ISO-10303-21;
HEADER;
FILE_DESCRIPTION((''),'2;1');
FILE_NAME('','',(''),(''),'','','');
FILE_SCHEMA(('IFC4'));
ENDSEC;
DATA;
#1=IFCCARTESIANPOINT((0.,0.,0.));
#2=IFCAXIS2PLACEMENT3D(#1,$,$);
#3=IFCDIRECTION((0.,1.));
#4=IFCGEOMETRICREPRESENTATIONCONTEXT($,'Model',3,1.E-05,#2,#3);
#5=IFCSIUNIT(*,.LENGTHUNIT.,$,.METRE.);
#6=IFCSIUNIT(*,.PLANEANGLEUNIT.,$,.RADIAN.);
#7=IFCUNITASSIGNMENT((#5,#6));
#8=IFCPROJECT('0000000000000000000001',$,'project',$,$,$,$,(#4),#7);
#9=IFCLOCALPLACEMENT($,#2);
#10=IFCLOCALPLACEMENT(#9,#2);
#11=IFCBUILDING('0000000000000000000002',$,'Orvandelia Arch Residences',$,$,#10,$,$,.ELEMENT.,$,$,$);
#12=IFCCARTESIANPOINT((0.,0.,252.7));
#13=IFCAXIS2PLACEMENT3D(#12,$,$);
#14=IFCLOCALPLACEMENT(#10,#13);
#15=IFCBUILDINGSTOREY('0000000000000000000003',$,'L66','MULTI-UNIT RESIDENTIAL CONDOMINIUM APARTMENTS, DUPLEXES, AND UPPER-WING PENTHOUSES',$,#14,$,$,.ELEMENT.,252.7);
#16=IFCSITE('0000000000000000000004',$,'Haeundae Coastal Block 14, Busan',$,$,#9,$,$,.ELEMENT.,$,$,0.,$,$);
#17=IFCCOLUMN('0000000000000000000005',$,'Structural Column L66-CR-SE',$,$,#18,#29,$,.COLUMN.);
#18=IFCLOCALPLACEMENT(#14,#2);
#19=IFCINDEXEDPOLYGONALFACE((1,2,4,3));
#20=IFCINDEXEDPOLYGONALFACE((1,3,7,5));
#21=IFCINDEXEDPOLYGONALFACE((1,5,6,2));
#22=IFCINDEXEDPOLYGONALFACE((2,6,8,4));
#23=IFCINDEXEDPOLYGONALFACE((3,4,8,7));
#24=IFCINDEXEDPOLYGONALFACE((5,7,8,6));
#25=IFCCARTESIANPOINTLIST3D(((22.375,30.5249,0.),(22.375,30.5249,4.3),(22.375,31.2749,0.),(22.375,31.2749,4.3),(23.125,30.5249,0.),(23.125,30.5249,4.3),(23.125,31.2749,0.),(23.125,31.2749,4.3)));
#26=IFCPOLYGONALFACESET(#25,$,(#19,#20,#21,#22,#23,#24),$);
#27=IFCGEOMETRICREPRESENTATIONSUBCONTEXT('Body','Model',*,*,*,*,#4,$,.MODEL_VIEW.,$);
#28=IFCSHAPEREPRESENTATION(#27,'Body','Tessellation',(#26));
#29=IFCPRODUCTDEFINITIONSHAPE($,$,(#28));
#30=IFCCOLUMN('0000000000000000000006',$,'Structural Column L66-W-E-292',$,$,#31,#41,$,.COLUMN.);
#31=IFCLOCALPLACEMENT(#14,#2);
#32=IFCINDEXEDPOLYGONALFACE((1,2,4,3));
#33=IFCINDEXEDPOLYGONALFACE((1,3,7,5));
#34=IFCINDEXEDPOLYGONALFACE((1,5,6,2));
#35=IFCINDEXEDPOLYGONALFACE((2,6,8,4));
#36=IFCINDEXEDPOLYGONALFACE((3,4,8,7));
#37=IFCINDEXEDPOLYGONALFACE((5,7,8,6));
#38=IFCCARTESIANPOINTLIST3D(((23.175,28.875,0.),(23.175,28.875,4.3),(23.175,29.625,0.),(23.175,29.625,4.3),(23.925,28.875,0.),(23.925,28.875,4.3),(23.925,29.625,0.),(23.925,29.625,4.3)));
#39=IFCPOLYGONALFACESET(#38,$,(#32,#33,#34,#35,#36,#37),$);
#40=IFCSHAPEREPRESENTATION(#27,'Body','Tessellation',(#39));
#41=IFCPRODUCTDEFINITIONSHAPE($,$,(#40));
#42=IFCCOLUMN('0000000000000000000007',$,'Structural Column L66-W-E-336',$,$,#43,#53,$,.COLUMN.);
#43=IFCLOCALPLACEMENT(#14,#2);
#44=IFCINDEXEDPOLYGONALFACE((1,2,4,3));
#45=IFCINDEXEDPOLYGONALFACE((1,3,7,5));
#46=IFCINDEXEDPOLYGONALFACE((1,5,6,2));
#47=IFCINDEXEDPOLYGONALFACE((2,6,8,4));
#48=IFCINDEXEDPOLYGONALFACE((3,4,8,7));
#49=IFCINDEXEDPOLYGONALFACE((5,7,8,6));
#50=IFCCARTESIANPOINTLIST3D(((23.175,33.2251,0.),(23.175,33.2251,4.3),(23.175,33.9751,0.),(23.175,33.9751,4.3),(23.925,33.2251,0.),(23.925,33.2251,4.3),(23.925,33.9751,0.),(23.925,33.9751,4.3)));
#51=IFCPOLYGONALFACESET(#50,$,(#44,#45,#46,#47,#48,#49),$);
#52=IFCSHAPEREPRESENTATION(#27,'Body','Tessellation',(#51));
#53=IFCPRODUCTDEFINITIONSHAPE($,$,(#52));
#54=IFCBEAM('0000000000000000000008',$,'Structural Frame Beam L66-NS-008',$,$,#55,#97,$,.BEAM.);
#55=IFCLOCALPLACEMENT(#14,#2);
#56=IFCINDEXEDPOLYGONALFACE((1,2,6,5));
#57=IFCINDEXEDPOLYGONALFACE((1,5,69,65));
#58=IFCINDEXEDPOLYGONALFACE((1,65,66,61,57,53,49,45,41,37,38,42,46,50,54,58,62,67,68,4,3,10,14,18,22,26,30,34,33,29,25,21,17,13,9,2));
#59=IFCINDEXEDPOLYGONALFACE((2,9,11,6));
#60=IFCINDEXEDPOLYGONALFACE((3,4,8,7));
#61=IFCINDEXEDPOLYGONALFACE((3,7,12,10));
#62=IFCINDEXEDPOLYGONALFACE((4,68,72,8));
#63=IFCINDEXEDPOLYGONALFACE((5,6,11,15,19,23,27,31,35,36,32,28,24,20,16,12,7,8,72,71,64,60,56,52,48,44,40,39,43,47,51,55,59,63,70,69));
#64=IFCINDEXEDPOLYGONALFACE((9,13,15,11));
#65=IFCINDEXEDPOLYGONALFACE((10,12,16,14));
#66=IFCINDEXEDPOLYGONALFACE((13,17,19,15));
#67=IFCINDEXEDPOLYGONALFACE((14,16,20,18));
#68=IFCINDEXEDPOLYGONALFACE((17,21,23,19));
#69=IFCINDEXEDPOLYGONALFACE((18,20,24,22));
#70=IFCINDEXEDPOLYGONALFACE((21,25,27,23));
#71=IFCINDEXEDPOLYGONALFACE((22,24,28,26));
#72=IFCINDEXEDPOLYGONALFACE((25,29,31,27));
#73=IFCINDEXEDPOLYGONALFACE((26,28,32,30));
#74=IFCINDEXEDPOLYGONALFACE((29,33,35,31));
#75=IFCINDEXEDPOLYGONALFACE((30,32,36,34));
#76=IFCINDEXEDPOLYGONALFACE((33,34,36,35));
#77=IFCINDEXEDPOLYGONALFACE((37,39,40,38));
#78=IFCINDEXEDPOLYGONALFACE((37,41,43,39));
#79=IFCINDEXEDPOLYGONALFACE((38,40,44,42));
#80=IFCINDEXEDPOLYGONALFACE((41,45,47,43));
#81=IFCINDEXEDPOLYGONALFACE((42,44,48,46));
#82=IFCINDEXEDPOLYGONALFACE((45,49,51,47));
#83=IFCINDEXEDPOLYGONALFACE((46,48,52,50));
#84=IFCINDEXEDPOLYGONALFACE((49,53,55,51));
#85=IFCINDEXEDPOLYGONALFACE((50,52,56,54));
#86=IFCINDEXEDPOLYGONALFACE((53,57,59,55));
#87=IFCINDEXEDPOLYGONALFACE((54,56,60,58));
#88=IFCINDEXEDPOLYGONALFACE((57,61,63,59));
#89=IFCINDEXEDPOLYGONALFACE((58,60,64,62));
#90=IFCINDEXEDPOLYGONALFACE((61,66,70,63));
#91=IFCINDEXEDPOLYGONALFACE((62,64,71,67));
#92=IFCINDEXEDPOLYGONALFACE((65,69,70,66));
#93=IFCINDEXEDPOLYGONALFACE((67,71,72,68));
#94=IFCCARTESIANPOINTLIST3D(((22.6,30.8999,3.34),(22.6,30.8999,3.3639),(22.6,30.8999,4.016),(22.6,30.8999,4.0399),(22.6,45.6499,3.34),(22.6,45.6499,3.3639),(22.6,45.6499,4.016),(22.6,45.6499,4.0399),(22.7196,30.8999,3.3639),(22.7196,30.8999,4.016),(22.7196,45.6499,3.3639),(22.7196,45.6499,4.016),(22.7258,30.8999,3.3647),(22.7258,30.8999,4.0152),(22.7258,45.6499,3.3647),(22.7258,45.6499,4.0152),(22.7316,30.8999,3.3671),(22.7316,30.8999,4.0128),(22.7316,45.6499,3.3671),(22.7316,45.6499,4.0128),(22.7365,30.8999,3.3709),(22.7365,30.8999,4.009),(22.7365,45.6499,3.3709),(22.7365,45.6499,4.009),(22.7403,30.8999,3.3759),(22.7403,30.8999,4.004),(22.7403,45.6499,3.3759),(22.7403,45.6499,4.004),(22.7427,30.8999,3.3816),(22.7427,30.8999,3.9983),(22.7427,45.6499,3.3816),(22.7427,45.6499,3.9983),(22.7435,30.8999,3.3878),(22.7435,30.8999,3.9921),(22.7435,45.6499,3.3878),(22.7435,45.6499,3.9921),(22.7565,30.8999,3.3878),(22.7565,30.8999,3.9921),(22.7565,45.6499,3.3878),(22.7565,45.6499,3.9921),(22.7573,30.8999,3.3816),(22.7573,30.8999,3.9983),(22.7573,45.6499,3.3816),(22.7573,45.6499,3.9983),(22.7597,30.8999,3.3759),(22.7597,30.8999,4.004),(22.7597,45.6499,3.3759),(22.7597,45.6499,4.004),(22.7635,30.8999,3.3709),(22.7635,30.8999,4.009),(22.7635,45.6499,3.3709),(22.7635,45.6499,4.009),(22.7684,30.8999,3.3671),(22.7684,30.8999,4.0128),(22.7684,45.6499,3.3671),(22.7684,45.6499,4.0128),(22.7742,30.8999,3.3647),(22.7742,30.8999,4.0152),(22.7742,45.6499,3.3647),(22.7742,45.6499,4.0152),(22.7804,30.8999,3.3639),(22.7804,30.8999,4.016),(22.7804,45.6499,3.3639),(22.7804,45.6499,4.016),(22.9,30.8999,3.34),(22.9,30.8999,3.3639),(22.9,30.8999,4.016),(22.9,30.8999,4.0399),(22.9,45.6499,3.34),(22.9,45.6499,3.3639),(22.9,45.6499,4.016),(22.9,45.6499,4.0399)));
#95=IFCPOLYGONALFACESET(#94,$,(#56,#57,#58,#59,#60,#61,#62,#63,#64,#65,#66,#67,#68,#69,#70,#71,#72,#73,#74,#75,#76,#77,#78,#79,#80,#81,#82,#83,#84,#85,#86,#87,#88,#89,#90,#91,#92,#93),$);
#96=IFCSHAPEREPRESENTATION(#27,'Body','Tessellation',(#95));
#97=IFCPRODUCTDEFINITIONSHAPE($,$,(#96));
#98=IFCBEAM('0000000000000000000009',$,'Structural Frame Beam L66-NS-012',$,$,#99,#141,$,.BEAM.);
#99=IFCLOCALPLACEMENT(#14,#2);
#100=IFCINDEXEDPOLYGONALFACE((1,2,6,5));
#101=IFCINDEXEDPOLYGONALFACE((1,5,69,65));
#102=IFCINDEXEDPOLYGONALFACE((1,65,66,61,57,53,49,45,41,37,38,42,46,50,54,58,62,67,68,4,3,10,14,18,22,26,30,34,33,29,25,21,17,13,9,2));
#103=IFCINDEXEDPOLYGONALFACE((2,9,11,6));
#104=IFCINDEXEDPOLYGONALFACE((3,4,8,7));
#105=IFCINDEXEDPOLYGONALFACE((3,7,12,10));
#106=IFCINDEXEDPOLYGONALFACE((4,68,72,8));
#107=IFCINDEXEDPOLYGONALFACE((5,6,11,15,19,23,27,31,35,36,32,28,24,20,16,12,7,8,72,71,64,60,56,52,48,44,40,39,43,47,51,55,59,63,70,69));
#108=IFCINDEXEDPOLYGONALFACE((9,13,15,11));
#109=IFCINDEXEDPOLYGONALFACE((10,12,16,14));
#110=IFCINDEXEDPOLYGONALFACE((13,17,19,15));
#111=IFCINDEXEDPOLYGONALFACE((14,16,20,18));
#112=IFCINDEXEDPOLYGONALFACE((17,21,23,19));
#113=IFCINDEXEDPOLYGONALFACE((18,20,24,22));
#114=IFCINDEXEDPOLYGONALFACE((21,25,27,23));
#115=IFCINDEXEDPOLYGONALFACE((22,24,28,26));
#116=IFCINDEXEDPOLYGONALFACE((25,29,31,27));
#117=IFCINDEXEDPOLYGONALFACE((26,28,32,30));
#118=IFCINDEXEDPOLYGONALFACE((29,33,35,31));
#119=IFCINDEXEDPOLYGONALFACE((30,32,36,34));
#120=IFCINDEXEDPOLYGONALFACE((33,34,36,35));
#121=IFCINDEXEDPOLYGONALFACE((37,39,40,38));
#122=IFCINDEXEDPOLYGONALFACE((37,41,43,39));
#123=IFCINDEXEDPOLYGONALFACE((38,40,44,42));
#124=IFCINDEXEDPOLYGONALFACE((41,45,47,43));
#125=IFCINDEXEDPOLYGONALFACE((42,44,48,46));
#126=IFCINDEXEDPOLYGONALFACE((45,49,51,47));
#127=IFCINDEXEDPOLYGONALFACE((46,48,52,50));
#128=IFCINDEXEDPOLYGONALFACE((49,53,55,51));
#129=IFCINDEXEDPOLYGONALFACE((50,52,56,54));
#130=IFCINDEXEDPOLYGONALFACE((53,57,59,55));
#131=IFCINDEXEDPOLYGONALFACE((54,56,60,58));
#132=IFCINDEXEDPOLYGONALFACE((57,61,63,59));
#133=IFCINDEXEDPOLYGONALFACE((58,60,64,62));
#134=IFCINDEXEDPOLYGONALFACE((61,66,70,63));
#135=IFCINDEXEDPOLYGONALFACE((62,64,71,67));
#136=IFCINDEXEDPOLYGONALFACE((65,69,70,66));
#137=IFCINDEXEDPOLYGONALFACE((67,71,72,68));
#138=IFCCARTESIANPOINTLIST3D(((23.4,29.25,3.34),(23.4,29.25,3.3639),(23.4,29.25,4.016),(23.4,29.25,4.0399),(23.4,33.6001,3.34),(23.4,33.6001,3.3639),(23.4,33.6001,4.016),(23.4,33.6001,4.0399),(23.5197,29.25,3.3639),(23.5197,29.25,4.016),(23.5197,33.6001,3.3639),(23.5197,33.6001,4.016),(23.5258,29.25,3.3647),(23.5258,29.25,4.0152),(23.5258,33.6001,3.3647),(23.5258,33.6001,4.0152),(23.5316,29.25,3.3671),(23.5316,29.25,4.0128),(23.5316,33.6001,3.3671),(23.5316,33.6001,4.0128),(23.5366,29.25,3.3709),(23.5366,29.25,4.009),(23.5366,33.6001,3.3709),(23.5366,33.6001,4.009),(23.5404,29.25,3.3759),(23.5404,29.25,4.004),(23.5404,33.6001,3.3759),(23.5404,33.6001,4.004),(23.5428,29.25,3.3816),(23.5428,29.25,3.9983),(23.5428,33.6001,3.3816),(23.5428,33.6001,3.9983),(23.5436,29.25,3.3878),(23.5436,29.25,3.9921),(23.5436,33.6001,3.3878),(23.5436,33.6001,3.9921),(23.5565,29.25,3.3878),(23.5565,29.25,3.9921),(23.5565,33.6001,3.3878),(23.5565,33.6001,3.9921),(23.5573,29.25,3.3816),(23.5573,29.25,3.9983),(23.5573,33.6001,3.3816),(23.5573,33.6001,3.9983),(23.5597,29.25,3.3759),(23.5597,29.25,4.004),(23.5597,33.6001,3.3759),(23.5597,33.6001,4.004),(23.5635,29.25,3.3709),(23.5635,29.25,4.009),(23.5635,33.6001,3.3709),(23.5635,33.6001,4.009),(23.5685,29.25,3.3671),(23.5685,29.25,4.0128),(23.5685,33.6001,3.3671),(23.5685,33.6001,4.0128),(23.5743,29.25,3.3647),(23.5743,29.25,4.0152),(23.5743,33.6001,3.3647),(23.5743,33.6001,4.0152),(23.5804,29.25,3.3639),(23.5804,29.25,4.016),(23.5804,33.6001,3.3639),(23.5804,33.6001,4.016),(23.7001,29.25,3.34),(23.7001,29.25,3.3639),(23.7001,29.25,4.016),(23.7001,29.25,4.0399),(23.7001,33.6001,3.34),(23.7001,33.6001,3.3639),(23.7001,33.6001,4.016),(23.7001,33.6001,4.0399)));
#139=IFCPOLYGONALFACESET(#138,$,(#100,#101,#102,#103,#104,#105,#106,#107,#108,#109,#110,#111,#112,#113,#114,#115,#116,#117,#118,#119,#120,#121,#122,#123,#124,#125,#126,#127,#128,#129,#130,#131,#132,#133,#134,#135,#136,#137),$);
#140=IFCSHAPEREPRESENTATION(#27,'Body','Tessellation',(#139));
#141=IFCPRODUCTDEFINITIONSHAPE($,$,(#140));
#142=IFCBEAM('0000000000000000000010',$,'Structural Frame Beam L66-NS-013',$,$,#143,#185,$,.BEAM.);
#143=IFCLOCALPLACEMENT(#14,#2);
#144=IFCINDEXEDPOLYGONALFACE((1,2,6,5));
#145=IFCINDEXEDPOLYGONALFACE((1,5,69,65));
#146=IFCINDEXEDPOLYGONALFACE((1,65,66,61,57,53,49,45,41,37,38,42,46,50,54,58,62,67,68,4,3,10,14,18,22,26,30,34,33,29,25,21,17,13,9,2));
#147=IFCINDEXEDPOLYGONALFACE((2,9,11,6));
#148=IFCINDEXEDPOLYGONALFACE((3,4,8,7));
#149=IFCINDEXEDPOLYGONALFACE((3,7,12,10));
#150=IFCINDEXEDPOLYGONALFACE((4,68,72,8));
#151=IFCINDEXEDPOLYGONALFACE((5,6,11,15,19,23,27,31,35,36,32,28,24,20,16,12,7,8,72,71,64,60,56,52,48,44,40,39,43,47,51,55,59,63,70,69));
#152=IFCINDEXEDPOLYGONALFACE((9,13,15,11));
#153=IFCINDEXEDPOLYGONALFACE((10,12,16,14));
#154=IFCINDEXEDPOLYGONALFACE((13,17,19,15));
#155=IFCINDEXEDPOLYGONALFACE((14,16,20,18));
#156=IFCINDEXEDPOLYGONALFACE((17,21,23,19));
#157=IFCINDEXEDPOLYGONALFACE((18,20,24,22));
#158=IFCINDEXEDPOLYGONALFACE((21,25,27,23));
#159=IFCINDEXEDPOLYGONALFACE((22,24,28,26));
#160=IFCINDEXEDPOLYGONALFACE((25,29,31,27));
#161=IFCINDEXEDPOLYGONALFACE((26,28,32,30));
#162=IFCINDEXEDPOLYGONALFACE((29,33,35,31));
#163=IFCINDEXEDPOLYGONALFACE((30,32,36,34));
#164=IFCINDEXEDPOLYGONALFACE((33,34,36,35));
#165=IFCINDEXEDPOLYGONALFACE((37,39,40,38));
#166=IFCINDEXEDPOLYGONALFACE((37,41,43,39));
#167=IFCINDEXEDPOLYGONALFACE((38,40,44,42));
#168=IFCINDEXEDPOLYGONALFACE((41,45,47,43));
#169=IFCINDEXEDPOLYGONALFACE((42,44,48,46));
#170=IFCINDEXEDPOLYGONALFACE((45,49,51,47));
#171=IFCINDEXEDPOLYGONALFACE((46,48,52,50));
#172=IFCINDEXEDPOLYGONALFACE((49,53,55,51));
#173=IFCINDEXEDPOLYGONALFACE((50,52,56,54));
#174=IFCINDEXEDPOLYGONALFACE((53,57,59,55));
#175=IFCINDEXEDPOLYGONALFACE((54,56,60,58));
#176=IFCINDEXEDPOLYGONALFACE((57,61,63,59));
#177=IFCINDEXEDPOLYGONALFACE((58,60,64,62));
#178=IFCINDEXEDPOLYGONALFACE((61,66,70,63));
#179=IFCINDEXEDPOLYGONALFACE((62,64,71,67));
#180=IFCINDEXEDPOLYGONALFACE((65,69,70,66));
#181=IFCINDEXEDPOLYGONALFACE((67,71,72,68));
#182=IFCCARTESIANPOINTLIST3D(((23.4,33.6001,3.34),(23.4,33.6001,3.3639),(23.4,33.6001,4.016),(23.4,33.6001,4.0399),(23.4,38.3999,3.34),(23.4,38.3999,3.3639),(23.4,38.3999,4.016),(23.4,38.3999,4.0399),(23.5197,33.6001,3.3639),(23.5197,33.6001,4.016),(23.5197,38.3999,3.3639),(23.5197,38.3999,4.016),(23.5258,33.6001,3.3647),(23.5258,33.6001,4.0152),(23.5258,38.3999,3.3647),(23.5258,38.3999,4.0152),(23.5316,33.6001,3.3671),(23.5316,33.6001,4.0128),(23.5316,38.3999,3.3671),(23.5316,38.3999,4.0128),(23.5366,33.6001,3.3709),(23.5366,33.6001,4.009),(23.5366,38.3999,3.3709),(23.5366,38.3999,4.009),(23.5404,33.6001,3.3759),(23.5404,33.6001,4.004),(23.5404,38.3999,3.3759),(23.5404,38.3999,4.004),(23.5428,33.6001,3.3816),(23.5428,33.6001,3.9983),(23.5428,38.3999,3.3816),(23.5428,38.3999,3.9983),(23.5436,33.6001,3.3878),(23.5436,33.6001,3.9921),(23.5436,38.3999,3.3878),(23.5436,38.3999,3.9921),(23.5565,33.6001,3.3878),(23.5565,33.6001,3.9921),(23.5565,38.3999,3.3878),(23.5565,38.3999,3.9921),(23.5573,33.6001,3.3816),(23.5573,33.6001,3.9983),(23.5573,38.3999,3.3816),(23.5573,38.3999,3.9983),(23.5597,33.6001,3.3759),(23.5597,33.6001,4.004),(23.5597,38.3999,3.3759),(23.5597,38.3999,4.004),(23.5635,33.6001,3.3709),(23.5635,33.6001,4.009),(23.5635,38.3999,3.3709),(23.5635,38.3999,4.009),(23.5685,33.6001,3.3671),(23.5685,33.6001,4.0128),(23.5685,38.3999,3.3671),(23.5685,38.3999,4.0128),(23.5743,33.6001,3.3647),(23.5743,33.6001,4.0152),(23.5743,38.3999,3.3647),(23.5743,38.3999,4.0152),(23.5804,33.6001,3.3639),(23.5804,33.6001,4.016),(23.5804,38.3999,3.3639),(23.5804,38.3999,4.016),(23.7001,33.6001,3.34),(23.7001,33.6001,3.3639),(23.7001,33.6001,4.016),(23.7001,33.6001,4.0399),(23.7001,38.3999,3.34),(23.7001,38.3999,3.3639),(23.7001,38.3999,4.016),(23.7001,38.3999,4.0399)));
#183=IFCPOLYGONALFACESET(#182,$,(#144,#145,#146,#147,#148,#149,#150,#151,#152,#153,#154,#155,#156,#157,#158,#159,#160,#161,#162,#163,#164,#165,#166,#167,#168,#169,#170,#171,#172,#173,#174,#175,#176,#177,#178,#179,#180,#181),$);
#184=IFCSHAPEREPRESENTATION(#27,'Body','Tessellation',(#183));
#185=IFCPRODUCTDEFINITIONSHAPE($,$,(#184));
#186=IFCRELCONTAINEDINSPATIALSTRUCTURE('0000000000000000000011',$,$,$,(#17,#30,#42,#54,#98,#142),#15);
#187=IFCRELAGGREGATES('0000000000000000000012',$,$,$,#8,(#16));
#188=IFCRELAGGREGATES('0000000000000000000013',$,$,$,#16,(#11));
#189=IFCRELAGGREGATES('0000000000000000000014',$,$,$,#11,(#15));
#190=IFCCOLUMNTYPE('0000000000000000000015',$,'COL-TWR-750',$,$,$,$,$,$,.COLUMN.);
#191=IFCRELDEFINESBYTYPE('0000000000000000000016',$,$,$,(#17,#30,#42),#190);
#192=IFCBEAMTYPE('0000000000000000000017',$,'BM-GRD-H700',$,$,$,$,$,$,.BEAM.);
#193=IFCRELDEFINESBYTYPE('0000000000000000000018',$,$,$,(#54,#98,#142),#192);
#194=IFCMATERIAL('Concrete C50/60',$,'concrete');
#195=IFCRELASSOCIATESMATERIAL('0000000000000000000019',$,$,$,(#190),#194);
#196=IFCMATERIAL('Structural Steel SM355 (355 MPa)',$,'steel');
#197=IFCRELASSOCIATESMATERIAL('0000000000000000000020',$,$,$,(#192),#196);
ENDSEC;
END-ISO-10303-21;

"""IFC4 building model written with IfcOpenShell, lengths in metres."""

from ifc_helpers import new_model, si_unit, direction, frame, origin, origin_2d, place, context, subcontext, project, spatial, rectangle, i_section, extrude, material, material_profile, profile_set, type_object, element, save


model = new_model("IFC4")

# Units and contexts
model_context = context("Model", 3, precision=1e-05, world=origin(), true_north=direction((0.0, 1.0)))
body_context = subcontext(model_context, "Body", "Model", "MODEL_VIEW")
ifc_project = project(units=[si_unit("LENGTHUNIT", "METRE"), si_unit("PLANEANGLEUNIT", "RADIAN")], contexts=[model_context])

# Site, building, storey
site_placement = place(None, origin())
site = spatial("IfcSite", under=ifc_project, at=site_placement, Name="Haeundae Coastal Block 14, Busan", CompositionType="ELEMENT", RefElevation=0.0)
building_placement = place(site_placement, origin())
building = spatial("IfcBuilding", under=site, at=building_placement, Name="Orvandelia Arch Residences", CompositionType="ELEMENT")
storey_placement = place(building_placement, frame((0.0, 0.0, 252.7)))
storey = spatial("IfcBuildingStorey", under=building, at=storey_placement, Name="L66", Description="MULTI-UNIT RESIDENTIAL CONDOMINIUM APARTMENTS, DUPLEXES, AND UPPER-WING PENTHOUSES", CompositionType="ELEMENT", Elevation=252.7)

# Columns
ifc_material_1 = material(Name="Concrete C50/60", Category="concrete")
ifc_material_profile_1 = material_profile(ifc_material_1, rectangle(XDim=0.75, YDim=0.75, at=origin_2d()), Name="Concrete C50/60", Category="concrete")
ifc_profile_set_1 = profile_set([ifc_material_profile_1], Name="Concrete C50/60")
column_type = type_object("IfcColumnType", Name="COL-TWR-750", PredefinedType="COLUMN", material=ifc_profile_set_1)
for number, where, z_axis, x_axis, name in (
    (1, (22.75, 30.8999, 0.0), (0.0, 0.0, 1.0), (1.0, 0.0, 0.0), "Structural Column L66-CR-SE"),
    (2, (23.55, 29.25, 0.0), (0.0, 0.0, 1.0), (1.0, 0.0, 0.0), "Structural Column L66-W-E-292"),
    (3, (23.55, 33.6001, 0.0), (0.0, 0.0, 1.0), (1.0, 0.0, 0.0), "Structural Column L66-W-E-336"),
):
    element("IfcColumn", number, at=place(storey_placement, frame(where, z_axis=z_axis, x_axis=x_axis)), inside=storey, type_object=column_type, Name=name, PredefinedType="COLUMN", context=body_context, shape_type="SweptSolid", body=[
        extrude(rectangle(XDim=0.75, YDim=0.75, at=origin_2d()), origin(), (0.0, 0.0, 1.0), 4.3),
    ])

# Beams
ifc_material_2 = material(Name="Structural Steel SM355 (355 MPa)", Category="steel")
ifc_material_profile_2 = material_profile(ifc_material_2, i_section(OverallWidth=0.3, OverallDepth=0.7, WebThickness=0.0129, FlangeThickness=0.0239, FilletRadius=0.0239, at=origin_2d()), Name="Structural Steel SM355 (355 MPa)", Category="steel")
ifc_profile_set_2 = profile_set([ifc_material_profile_2], Name="Structural Steel SM355 (355 MPa)")
beam_type = type_object("IfcBeamType", Name="BM-GRD-H700", PredefinedType="BEAM", material=ifc_profile_set_2)
beam_1_placement = place(storey_placement, frame((22.75, 30.8999, 3.6899), z_axis=(0.0, 1.0, 0.0), x_axis=(-1.0, 0.0, 0.0)))
element("IfcBeam", 4, at=beam_1_placement, inside=storey, type_object=beam_type, Name="Structural Frame Beam L66-NS-008", PredefinedType="BEAM", context=body_context, shape_type="SweptSolid", body=[
    extrude(i_section(OverallWidth=0.3, OverallDepth=0.7, WebThickness=0.0129, FlangeThickness=0.0239, FilletRadius=0.0239, at=origin_2d()), origin(), (0.0, 0.0, 1.0), 14.75),
])
beam_2_placement = place(storey_placement, frame((23.55, 29.25, 3.6899), z_axis=(0.0, 1.0, 0.0), x_axis=(-1.0, 0.0, 0.0)))
element("IfcBeam", 5, at=beam_2_placement, inside=storey, type_object=beam_type, Name="Structural Frame Beam L66-NS-012", PredefinedType="BEAM", context=body_context, shape_type="SweptSolid", body=[
    extrude(i_section(OverallWidth=0.3, OverallDepth=0.7, WebThickness=0.0129, FlangeThickness=0.0239, FilletRadius=0.0239, at=origin_2d()), origin(), (0.0, 0.0, 1.0), 4.3501),
])
beam_3_placement = place(storey_placement, frame((23.55, 33.6001, 3.6899), z_axis=(0.0, 1.0, 0.0), x_axis=(-1.0, 0.0, 0.0)))
element("IfcBeam", 6, at=beam_3_placement, inside=storey, type_object=beam_type, Name="Structural Frame Beam L66-NS-013", PredefinedType="BEAM", context=body_context, shape_type="SweptSolid", body=[
    extrude(i_section(OverallWidth=0.3, OverallDepth=0.7, WebThickness=0.0129, FlangeThickness=0.0239, FilletRadius=0.0239, at=origin_2d()), origin(), (0.0, 0.0, 1.0), 4.7998),
])

save(model, "model.ifc")
